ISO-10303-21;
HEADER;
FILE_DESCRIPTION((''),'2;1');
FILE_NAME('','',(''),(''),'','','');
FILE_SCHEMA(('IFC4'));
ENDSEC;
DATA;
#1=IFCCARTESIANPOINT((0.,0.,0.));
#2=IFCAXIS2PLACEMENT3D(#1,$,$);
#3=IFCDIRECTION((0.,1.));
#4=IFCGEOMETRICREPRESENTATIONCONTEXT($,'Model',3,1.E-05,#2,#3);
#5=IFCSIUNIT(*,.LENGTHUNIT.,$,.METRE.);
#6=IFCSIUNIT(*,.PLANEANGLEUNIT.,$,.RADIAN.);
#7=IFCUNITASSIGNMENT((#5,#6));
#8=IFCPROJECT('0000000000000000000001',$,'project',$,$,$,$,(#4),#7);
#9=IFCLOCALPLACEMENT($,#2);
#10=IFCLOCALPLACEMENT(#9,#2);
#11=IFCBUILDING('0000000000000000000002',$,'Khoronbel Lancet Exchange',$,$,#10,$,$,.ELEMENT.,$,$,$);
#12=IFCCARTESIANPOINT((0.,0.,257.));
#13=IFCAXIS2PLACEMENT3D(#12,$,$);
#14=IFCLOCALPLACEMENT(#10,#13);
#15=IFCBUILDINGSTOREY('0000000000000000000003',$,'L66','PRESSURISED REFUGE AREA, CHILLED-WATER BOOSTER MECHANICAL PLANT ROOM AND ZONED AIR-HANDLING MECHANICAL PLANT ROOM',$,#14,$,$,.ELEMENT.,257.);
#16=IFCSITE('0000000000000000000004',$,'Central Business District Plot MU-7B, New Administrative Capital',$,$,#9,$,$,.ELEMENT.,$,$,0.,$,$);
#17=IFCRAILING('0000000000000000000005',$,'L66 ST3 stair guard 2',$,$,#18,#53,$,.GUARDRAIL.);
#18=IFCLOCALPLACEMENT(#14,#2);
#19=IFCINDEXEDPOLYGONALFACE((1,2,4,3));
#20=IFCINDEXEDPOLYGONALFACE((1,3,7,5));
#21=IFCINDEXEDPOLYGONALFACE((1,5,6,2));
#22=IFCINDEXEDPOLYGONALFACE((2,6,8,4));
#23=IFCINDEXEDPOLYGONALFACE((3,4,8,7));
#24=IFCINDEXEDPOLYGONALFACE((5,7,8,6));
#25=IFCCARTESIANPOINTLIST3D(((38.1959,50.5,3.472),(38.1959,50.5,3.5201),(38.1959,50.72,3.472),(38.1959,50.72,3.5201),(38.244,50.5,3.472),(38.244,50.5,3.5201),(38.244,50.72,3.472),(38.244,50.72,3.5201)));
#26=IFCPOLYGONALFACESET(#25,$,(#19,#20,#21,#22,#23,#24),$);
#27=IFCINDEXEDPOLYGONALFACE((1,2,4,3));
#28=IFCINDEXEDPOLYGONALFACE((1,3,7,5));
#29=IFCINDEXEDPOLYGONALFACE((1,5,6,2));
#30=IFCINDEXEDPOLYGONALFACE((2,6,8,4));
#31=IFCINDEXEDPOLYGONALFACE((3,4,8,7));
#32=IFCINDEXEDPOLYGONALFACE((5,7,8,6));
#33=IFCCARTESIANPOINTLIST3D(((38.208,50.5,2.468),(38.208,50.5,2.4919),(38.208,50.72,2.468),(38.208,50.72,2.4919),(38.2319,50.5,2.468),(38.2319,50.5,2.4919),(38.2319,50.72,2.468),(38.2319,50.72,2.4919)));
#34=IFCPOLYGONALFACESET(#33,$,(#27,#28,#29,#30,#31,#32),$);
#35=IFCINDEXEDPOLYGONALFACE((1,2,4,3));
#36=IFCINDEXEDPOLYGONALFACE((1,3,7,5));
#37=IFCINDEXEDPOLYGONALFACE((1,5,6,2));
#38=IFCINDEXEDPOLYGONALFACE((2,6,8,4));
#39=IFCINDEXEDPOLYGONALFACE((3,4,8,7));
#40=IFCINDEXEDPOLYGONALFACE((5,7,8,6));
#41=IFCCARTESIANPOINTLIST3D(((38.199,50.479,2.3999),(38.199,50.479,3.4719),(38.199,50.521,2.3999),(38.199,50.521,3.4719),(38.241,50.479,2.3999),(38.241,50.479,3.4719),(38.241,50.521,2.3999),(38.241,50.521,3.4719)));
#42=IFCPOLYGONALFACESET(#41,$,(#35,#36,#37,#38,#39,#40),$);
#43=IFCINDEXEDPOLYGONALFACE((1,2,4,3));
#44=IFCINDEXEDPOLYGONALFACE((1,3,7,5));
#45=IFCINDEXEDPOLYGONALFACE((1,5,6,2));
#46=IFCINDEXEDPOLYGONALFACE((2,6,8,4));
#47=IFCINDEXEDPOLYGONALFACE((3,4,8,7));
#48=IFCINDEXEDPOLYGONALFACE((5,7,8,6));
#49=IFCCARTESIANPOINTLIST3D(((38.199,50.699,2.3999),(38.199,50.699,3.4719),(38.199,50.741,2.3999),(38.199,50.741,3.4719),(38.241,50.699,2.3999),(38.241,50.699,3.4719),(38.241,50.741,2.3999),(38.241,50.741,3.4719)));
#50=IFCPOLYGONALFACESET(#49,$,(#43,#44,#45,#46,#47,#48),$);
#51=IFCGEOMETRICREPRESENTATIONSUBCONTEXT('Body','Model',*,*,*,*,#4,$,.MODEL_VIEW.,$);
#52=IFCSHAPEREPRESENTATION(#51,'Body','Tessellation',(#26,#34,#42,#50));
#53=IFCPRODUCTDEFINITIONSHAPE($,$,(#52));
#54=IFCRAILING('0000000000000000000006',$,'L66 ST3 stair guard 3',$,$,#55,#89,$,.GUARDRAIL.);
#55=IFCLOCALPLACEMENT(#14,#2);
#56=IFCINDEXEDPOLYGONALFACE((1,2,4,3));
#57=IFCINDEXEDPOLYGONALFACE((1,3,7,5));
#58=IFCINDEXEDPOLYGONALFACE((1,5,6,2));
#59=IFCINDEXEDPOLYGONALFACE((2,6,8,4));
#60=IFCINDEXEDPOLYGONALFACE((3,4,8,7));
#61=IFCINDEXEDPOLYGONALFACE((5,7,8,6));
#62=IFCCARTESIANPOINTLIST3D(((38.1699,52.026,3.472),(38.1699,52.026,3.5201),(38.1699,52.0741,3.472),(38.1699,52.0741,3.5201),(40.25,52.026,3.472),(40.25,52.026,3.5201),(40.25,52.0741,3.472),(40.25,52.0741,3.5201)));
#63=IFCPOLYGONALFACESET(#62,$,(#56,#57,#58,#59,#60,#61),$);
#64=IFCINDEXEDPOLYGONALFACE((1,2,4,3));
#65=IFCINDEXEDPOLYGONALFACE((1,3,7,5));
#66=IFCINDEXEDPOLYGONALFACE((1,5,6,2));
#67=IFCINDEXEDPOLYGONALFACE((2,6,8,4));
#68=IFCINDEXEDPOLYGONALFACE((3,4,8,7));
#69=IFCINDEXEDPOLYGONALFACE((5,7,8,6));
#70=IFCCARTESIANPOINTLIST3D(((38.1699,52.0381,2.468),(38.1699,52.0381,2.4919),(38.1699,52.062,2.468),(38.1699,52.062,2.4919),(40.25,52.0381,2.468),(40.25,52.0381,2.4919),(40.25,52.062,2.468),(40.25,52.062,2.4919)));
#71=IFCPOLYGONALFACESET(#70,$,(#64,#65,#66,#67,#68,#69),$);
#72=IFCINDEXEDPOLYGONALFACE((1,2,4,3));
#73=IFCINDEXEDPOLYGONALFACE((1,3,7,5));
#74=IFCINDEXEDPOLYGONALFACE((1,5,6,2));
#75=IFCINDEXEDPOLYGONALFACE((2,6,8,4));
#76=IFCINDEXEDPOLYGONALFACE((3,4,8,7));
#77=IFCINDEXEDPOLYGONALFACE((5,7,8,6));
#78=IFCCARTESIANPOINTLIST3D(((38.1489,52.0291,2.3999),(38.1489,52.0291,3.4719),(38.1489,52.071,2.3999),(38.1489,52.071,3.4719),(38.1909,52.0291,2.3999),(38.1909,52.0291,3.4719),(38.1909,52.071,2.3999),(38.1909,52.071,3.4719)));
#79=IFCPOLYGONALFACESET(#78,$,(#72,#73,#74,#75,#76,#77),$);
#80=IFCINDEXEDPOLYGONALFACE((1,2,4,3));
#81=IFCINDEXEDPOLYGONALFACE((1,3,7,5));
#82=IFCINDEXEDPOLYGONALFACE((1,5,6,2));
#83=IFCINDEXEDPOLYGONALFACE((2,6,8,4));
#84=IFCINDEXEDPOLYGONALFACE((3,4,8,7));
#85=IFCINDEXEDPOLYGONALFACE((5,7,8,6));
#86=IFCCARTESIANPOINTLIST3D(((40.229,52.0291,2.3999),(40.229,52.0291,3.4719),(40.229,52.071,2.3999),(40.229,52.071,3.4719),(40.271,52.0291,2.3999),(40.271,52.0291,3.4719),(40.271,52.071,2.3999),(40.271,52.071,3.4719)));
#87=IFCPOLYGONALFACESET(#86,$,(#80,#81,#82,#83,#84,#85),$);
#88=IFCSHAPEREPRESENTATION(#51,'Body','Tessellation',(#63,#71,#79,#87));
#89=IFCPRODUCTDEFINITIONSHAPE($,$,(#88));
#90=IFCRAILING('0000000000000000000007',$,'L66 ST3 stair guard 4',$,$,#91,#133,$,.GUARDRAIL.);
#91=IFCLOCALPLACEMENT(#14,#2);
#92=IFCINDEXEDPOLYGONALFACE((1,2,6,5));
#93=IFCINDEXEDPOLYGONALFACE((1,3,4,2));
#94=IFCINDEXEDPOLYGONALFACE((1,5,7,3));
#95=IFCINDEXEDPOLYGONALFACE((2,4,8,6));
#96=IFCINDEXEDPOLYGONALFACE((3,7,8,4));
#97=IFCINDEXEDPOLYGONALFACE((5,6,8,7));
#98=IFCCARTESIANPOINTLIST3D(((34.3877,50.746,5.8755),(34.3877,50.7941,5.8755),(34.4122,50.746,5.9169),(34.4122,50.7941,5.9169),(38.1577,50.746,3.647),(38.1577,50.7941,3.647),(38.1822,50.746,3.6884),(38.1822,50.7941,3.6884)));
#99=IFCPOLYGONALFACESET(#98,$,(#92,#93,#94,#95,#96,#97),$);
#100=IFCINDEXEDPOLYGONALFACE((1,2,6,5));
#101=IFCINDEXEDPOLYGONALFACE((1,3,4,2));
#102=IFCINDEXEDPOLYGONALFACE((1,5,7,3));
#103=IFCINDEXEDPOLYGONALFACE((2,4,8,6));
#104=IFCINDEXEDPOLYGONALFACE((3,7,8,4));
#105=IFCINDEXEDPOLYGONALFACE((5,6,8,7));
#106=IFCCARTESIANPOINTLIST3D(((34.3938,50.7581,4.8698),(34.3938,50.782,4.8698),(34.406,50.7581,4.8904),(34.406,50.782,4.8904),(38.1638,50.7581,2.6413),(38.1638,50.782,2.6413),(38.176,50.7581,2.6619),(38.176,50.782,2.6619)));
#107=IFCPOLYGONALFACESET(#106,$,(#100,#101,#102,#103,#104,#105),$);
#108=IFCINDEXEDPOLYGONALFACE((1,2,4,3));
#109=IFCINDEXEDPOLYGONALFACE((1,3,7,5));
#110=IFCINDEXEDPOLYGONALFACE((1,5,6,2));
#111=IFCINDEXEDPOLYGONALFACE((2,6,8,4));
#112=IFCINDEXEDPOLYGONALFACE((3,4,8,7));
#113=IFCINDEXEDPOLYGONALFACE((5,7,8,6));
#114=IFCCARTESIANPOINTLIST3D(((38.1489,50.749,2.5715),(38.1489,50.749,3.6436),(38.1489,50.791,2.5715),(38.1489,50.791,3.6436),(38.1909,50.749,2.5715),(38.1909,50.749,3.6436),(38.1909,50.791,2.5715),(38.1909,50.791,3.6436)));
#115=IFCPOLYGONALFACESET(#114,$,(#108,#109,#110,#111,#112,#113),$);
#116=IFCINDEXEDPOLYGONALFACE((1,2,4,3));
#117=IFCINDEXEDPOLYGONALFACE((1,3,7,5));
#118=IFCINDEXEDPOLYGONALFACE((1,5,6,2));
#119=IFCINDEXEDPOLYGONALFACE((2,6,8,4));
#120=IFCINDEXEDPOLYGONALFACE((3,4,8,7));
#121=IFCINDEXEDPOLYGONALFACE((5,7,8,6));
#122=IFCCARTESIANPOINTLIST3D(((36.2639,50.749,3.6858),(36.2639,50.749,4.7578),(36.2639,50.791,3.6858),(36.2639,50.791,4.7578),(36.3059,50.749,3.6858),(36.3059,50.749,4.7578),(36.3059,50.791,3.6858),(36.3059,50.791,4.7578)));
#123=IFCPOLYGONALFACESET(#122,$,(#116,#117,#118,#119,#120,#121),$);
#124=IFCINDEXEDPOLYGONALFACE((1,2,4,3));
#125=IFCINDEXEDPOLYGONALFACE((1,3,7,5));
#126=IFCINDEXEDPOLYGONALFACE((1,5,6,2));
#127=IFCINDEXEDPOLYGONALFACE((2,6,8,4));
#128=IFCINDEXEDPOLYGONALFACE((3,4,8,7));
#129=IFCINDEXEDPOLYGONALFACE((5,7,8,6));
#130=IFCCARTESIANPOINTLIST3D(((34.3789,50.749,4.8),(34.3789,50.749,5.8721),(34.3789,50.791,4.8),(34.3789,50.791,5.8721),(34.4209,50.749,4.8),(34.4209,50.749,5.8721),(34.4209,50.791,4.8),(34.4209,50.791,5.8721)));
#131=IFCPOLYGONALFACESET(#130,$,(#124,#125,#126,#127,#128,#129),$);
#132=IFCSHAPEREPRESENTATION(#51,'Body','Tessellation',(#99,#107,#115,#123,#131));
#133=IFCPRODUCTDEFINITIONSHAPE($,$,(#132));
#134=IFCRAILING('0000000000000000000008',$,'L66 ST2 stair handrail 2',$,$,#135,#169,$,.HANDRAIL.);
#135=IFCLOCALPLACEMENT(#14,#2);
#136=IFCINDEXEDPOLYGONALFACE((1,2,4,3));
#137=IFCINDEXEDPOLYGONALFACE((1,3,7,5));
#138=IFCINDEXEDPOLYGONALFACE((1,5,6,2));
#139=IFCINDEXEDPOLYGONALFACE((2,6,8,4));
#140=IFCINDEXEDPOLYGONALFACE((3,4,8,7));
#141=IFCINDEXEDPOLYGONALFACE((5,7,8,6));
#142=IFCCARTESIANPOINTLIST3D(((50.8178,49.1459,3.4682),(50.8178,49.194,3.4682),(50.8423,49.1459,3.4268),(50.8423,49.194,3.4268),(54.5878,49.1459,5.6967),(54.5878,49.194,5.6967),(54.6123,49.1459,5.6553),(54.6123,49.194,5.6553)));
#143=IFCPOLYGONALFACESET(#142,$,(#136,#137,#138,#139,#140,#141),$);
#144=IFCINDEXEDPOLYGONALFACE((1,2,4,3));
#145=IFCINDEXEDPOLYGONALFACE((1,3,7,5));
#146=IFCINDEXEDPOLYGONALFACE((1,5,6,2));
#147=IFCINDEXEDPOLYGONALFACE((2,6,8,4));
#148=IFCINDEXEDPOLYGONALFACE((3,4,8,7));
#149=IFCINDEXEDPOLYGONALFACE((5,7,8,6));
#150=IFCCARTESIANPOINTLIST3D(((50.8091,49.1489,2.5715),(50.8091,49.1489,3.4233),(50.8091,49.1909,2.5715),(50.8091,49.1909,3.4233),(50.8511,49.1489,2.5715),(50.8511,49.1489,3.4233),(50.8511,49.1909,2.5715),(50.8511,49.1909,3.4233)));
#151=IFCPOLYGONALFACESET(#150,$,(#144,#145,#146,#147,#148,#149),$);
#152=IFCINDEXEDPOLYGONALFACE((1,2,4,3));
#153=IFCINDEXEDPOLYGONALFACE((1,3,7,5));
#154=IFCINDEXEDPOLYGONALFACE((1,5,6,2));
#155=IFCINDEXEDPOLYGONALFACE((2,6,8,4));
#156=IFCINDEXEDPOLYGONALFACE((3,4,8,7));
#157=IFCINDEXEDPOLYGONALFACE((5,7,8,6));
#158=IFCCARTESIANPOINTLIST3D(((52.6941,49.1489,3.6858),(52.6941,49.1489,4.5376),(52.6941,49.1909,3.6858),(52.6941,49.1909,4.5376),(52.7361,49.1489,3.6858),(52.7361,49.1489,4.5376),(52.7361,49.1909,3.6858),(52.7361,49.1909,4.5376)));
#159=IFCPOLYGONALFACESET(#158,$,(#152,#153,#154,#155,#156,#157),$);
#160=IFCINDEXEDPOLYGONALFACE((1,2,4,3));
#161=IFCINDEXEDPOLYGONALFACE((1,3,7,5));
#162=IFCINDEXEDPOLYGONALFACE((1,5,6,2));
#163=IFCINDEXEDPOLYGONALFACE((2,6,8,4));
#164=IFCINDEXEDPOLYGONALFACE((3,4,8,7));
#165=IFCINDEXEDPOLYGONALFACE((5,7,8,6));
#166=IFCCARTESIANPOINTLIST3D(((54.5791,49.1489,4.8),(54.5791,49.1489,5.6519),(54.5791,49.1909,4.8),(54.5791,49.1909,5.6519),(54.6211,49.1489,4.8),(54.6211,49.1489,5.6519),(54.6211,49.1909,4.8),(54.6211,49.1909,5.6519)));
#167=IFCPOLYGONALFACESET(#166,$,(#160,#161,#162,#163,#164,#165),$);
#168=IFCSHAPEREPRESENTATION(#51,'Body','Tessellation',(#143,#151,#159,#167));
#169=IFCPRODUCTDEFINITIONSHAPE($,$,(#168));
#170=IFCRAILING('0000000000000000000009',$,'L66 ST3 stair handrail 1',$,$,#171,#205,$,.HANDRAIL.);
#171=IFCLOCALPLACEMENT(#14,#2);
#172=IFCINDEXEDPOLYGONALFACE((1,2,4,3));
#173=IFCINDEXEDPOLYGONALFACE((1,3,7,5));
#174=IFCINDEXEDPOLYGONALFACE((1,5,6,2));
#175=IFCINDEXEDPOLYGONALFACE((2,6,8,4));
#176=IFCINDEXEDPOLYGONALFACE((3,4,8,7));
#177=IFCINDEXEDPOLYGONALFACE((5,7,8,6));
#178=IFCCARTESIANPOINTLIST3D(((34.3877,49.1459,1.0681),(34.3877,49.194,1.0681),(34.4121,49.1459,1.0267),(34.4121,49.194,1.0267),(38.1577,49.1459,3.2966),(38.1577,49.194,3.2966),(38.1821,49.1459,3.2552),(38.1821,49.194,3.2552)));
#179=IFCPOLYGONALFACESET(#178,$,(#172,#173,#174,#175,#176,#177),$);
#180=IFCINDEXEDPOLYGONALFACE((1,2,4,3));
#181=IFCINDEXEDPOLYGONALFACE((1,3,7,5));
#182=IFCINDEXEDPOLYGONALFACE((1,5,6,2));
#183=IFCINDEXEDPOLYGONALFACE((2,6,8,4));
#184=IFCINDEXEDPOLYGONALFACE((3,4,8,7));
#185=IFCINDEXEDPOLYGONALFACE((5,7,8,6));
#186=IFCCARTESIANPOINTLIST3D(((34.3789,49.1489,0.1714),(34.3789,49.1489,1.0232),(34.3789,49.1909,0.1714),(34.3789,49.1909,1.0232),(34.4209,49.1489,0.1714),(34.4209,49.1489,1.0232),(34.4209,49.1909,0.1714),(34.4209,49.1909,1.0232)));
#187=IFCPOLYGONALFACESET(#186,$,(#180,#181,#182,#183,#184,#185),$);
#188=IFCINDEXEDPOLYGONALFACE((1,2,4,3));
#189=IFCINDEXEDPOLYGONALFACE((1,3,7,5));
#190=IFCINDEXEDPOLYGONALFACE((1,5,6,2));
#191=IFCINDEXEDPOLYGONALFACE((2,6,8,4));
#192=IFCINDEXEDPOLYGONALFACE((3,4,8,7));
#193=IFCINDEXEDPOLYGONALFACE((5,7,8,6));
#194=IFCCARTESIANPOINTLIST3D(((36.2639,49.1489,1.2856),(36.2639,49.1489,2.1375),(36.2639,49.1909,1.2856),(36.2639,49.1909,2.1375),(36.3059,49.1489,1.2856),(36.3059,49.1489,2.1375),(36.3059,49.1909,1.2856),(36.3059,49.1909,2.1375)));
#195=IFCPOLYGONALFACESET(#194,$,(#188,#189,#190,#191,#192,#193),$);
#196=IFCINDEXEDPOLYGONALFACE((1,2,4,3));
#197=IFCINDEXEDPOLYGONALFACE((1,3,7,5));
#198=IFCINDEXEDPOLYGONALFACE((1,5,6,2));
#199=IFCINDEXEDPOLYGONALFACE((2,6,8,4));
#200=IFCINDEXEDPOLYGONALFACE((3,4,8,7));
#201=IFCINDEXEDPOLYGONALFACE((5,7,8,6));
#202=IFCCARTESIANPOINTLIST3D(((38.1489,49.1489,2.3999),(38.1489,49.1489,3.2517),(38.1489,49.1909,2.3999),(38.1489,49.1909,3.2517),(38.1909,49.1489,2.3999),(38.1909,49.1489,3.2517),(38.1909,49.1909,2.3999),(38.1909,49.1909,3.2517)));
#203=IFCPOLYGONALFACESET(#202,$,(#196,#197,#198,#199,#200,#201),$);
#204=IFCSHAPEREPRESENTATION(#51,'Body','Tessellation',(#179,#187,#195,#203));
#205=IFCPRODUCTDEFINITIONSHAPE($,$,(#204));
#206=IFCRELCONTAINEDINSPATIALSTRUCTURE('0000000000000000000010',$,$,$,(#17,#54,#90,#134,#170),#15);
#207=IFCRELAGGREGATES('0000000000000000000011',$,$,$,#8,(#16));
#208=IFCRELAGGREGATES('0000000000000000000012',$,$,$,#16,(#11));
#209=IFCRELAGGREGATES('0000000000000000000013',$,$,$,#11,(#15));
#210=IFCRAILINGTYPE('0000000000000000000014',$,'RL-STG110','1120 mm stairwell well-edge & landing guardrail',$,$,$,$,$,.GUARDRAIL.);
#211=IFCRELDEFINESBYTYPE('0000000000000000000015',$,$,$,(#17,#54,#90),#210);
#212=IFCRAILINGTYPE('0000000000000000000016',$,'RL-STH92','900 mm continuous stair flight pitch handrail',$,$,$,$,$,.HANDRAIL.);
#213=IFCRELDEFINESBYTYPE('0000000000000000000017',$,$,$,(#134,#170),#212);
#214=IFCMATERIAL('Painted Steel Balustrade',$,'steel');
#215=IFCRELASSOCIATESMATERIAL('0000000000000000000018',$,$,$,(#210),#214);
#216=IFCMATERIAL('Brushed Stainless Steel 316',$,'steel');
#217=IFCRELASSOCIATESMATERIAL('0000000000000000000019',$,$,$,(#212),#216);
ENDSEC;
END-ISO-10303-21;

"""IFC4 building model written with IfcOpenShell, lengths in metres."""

from ifc_helpers import new_model, si_unit, direction, frame, origin, origin_2d, place, context, subcontext, project, spatial, rectangle, extrude, material, type_object, element, save


model = new_model("IFC4")

# Units and contexts
model_context = context("Model", 3, precision=1e-05, world=origin(), true_north=direction((0.0, 1.0)))
body_context = subcontext(model_context, "Body", "Model", "MODEL_VIEW")
ifc_project = project(units=[si_unit("LENGTHUNIT", "METRE"), si_unit("PLANEANGLEUNIT", "RADIAN")], contexts=[model_context])

# Site, building, storey
site_placement = place(None, origin())
site = spatial("IfcSite", under=ifc_project, at=site_placement, Name="Central Business District Plot MU-7B, New Administrative Capital", CompositionType="ELEMENT", RefElevation=0.0)
building_placement = place(site_placement, origin())
building = spatial("IfcBuilding", under=site, at=building_placement, Name="Khoronbel Lancet Exchange", CompositionType="ELEMENT")
storey_placement = place(building_placement, frame((0.0, 0.0, 257.0)))
storey = spatial("IfcBuildingStorey", under=building, at=storey_placement, Name="L66", Description="PRESSURISED REFUGE AREA, CHILLED-WATER BOOSTER MECHANICAL PLANT ROOM AND ZONED AIR-HANDLING MECHANICAL PLANT ROOM", CompositionType="ELEMENT", Elevation=257.0)

# Railings
ifc_material_1 = material(Name="Painted Steel Balustrade", Category="steel")
railing_type_1 = type_object("IfcRailingType", Name="RL-STG110", Description="1120 mm stairwell well-edge & landing guardrail", PredefinedType="GUARDRAIL", material=ifc_material_1)
railing_1_placement = place(storey_placement, frame((38.22, 50.5, 2.3999)))
element("IfcRailing", 1, at=railing_1_placement, inside=storey, type_object=railing_type_1, Name="L66 ST3 stair guard 2", PredefinedType="GUARDRAIL", context=body_context, shape_type="SweptSolid", body=[
    extrude(rectangle(XDim=0.0481, YDim=0.0481, at=origin_2d()), frame((0.0, 0.0, 1.0962), z_axis=(0.0, 1.0, 0.0), x_axis=(-1.0, 0.0, 0.0)), (0.0, 0.0, 1.0), 0.22),
    extrude(rectangle(XDim=0.0239, YDim=0.0239, at=origin_2d()), frame((0.0, 0.0, 0.0801), z_axis=(0.0, 1.0, 0.0), x_axis=(-1.0, 0.0, 0.0)), (0.0, 0.0, 1.0), 0.22),
    extrude(rectangle(XDim=0.042, YDim=0.042, at=origin_2d()), origin(), (0.0, 0.0, 1.0), 1.072),
    extrude(rectangle(XDim=0.042, YDim=0.042, at=origin_2d()), frame((0.0, 0.22, 0.0)), (0.0, 0.0, 1.0), 1.072),
])
railing_2_placement = place(storey_placement, frame((38.1699, 52.05, 2.3999)))
element("IfcRailing", 2, at=railing_2_placement, inside=storey, type_object=railing_type_1, Name="L66 ST3 stair guard 3", PredefinedType="GUARDRAIL", context=body_context, shape_type="SweptSolid", body=[
    extrude(rectangle(XDim=0.0481, YDim=0.0481, at=origin_2d()), frame((0.0, 0.0, 1.0962), z_axis=(1.0, 0.0, 0.0), x_axis=(0.0, 1.0, 0.0)), (0.0, 0.0, 1.0), 2.0801),
    extrude(rectangle(XDim=0.0239, YDim=0.0239, at=origin_2d()), frame((0.0, 0.0, 0.0801), z_axis=(1.0, 0.0, 0.0), x_axis=(0.0, 1.0, 0.0)), (0.0, 0.0, 1.0), 2.0801),
    extrude(rectangle(XDim=0.042, YDim=0.042, at=origin_2d()), origin(), (0.0, 0.0, 1.0), 1.072),
    extrude(rectangle(XDim=0.042, YDim=0.042, at=origin_2d()), frame((2.0801, 0.0, 0.0)), (0.0, 0.0, 1.0), 1.072),
])
railing_3_placement = place(storey_placement, frame((38.1699, 50.77, 2.5715)))
element("IfcRailing", 3, at=railing_3_placement, inside=storey, type_object=railing_type_1, Name="L66 ST3 stair guard 4", PredefinedType="GUARDRAIL", context=body_context, shape_type="SweptSolid", body=[
    extrude(rectangle(XDim=0.0481, YDim=0.0481, at=origin_2d()), frame((0.0, 0.0, 1.0962), z_axis=(-0.860849, 0.0, 0.508861), x_axis=(0.0, -1.0, 0.0)), (0.0, 0.0, 1.0), 4.3794),
    extrude(rectangle(XDim=0.0239, YDim=0.0239, at=origin_2d()), frame((0.0, 0.0, 0.0801), z_axis=(-0.860849, 0.0, 0.508861), x_axis=(0.0, -1.0, 0.0)), (0.0, 0.0, 1.0), 4.3794),
    extrude(rectangle(XDim=0.042, YDim=0.042, at=origin_2d()), origin(), (0.0, 0.0, 1.0), 1.072),
    extrude(rectangle(XDim=0.042, YDim=0.042, at=origin_2d()), frame((-1.885, 0.0, 1.1143)), (0.0, 0.0, 1.0), 1.072),
    extrude(rectangle(XDim=0.042, YDim=0.042, at=origin_2d()), frame((-3.77, 0.0, 2.2285)), (0.0, 0.0, 1.0), 1.072),
])
ifc_material_2 = material(Name="Brushed Stainless Steel 316", Category="steel")
railing_type_2 = type_object("IfcRailingType", Name="RL-STH92", Description="900 mm continuous stair flight pitch handrail", PredefinedType="HANDRAIL", material=ifc_material_2)
for number, where, name in (
    (4, (50.8301, 49.1699, 2.5715), "L66 ST2 stair handrail 2"),
    (5, (34.3999, 49.1699, 0.1714), "L66 ST3 stair handrail 1"),
):
    element("IfcRailing", number, at=place(storey_placement, frame(where)), inside=storey, type_object=railing_type_2, Name=name, PredefinedType="HANDRAIL", context=body_context, shape_type="SweptSolid", body=[
        extrude(rectangle(XDim=0.0481, YDim=0.0481, at=origin_2d()), frame((0.0, 0.0, 0.876), z_axis=(0.860849, 0.0, 0.508861), x_axis=(0.0, 1.0, 0.0)), (0.0, 0.0, 1.0), 4.3794),
        extrude(rectangle(XDim=0.042, YDim=0.042, at=origin_2d()), origin(), (0.0, 0.0, 1.0), 0.8518),
        extrude(rectangle(XDim=0.042, YDim=0.042, at=origin_2d()), frame((1.885, 0.0, 1.1143)), (0.0, 0.0, 1.0), 0.8518),
        extrude(rectangle(XDim=0.042, YDim=0.042, at=origin_2d()), frame((3.77, 0.0, 2.2285)), (0.0, 0.0, 1.0), 0.8518),
    ])

save(model, "model.ifc")
